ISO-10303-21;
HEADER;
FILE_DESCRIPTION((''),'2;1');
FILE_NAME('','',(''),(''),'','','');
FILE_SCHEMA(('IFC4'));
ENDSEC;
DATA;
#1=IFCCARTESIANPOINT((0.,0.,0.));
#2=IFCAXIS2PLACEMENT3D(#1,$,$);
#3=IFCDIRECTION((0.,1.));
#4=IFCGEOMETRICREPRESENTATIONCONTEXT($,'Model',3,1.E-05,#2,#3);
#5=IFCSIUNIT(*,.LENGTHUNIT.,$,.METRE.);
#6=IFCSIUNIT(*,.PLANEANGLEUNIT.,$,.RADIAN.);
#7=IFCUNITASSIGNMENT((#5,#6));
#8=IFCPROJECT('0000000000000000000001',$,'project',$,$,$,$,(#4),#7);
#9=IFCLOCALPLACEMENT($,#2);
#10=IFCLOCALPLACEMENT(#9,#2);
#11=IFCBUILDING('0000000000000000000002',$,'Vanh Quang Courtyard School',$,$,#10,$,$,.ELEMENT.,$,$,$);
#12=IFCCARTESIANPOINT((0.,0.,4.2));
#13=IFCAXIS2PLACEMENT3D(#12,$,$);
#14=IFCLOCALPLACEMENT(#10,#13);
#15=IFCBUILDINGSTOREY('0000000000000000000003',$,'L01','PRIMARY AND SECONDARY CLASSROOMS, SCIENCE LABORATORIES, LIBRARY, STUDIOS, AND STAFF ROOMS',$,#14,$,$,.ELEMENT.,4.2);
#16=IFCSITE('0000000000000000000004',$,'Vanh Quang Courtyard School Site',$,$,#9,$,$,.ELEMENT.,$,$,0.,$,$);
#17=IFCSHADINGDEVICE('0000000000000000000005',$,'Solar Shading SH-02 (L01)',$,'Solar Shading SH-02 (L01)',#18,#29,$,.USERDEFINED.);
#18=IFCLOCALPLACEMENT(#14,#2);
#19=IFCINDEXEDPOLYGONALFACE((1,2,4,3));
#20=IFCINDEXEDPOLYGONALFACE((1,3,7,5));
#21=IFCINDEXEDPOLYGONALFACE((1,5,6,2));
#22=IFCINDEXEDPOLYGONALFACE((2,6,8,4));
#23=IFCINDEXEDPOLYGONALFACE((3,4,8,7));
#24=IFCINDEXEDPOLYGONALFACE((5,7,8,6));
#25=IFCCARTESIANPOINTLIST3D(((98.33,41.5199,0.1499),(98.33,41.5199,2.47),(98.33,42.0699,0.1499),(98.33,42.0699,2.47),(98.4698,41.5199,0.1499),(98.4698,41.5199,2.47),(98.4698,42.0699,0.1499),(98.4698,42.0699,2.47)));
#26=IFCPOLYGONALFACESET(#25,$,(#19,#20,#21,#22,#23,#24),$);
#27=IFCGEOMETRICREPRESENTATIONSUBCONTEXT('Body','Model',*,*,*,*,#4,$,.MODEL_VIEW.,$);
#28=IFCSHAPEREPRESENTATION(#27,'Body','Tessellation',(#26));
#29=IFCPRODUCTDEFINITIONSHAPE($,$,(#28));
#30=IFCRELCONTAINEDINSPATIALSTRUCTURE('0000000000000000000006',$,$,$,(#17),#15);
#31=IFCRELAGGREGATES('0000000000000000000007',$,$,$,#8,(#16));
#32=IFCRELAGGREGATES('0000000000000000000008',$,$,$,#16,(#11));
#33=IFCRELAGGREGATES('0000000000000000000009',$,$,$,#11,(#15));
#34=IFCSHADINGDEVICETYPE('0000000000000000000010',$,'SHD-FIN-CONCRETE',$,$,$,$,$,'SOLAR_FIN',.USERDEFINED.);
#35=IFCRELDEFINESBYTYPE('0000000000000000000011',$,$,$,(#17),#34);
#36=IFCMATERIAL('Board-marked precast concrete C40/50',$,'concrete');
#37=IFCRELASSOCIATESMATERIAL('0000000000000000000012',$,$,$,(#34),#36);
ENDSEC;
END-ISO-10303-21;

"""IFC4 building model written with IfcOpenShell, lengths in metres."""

from ifc_helpers import new_model, si_unit, direction, frame, origin, origin_2d, place, context, subcontext, project, spatial, rectangle, extrude, material, type_object, element, save


model = new_model("IFC4")

# Units and contexts
model_context = context("Model", 3, precision=1e-05, world=origin(), true_north=direction((0.0, 1.0)))
body_context = subcontext(model_context, "Body", "Model", "MODEL_VIEW")
ifc_project = project(units=[si_unit("LENGTHUNIT", "METRE"), si_unit("PLANEANGLEUNIT", "RADIAN")], contexts=[model_context])

# Site, building, storey
site_placement = place(None, origin())
site = spatial("IfcSite", under=ifc_project, at=site_placement, Name="Vanh Quang Courtyard School Site", CompositionType="ELEMENT", RefElevation=0.0)
building_placement = place(site_placement, origin())
building = spatial("IfcBuilding", under=site, at=building_placement, Name="Vanh Quang Courtyard School", CompositionType="ELEMENT")
storey_placement = place(building_placement, frame((0.0, 0.0, 4.2)))
storey = spatial("IfcBuildingStorey", under=building, at=storey_placement, Name="L01", Description="PRIMARY AND SECONDARY CLASSROOMS, SCIENCE LABORATORIES, LIBRARY, STUDIOS, AND STAFF ROOMS", CompositionType="ELEMENT", Elevation=4.2)

# Shading device
ifc_material_1 = material(Name="Board-marked precast concrete C40/50", Category="concrete")
shading_device_type = type_object("IfcShadingDeviceType", Name="SHD-FIN-CONCRETE", ElementType="SOLAR_FIN", PredefinedType="USERDEFINED", material=ifc_material_1)
shading_device_placement = place(storey_placement, frame((98.3999, 41.7949, 0.1499), z_axis=(0.0, 0.0, 1.0), x_axis=(1.0, 0.0, 0.0)))
element("IfcShadingDevice", 1, at=shading_device_placement, inside=storey, type_object=shading_device_type, Name="Solar Shading SH-02 (L01)", ObjectType="Solar Shading SH-02 (L01)", PredefinedType="USERDEFINED", context=body_context, shape_type="SweptSolid", body=[
    extrude(rectangle(XDim=0.1399, YDim=0.55, at=origin_2d()), origin(), (0.0, 0.0, 1.0), 2.3201),
])

save(model, "model.ifc")
